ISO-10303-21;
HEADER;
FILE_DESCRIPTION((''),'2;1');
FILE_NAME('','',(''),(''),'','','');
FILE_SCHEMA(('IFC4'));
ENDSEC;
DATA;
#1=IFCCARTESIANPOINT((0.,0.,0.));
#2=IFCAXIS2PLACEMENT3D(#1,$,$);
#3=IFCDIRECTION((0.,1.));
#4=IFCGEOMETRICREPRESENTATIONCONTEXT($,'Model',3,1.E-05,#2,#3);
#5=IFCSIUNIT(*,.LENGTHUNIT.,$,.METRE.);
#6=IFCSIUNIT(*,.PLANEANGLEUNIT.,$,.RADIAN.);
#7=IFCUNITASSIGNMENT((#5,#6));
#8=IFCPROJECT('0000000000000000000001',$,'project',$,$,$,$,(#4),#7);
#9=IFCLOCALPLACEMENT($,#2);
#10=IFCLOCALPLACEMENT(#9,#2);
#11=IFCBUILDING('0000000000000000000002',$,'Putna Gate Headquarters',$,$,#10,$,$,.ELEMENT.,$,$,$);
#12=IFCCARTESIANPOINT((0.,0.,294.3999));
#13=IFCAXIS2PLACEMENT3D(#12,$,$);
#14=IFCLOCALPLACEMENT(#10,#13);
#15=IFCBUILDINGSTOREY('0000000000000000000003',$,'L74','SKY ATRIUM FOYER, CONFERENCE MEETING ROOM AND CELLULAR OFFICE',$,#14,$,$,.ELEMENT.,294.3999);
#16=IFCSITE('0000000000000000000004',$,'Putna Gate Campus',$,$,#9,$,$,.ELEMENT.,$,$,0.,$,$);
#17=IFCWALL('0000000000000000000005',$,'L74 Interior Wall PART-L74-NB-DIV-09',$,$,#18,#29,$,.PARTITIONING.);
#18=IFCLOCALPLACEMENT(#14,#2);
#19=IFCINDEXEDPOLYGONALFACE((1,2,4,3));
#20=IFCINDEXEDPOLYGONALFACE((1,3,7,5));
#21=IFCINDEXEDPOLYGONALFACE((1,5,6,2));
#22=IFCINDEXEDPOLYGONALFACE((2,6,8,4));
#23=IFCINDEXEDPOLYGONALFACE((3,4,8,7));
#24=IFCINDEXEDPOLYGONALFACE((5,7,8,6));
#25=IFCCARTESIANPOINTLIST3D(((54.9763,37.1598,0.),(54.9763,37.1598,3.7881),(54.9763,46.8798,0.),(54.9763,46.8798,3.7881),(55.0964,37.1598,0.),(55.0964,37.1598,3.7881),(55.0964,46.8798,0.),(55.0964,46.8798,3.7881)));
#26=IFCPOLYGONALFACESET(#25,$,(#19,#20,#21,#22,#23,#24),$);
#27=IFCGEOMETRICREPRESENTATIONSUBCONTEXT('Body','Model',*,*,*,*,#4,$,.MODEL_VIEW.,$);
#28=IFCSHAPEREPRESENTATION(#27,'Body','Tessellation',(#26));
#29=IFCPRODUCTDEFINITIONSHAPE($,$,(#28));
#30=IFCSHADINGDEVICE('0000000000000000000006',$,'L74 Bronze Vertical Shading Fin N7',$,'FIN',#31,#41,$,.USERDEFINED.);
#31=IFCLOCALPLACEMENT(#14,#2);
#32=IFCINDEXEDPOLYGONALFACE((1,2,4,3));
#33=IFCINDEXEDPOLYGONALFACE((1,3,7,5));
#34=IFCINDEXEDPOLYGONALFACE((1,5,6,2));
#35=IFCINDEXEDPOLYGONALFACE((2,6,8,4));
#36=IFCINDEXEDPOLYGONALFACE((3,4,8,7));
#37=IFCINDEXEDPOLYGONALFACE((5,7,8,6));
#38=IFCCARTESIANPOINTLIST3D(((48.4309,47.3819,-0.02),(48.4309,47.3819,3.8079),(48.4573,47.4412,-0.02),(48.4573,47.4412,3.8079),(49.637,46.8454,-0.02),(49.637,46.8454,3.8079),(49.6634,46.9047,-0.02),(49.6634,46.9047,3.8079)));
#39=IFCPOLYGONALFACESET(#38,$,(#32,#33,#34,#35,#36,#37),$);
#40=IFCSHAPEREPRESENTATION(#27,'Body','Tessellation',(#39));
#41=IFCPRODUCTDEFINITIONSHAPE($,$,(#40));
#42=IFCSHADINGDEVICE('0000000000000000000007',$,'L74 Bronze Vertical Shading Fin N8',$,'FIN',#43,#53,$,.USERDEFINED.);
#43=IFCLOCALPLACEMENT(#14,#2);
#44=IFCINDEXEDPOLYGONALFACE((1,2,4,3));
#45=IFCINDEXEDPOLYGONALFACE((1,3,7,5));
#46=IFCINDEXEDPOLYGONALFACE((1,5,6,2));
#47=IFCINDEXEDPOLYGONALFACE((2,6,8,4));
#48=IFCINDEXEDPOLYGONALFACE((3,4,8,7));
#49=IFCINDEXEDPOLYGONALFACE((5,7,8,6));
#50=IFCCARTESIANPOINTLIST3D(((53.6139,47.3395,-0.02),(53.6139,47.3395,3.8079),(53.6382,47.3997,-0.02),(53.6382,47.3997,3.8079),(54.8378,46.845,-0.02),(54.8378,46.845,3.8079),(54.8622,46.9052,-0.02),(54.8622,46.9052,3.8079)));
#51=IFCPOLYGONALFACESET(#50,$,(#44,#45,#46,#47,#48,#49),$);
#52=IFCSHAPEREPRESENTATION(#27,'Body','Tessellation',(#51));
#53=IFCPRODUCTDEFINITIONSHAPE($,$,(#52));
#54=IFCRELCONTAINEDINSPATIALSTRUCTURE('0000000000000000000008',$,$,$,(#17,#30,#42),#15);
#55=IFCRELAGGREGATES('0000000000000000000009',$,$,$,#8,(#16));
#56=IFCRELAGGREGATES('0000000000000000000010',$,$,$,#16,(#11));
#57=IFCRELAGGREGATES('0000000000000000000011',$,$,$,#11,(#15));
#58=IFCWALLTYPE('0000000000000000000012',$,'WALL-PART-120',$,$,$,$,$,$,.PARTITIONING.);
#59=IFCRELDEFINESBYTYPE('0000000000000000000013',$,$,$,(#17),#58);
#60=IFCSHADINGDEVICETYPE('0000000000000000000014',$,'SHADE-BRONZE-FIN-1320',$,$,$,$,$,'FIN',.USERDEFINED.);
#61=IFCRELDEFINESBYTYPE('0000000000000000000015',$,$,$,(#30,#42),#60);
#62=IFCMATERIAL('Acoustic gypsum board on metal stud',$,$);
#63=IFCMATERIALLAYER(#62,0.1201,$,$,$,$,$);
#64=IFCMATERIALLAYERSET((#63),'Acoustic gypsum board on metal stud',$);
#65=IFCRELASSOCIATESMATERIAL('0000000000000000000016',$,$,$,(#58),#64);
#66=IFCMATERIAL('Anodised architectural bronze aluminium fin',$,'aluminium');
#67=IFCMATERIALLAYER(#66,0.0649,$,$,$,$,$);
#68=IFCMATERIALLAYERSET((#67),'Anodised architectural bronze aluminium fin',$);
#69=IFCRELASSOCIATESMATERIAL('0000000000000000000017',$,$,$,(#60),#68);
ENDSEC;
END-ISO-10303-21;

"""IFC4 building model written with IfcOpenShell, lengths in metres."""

from ifc_helpers import new_model, si_unit, direction, frame, frame_2d, origin, origin_2d, place, context, subcontext, project, spatial, rectangle, extrude, material, layer, layer_set, type_object, element, save


model = new_model("IFC4")

# Units and contexts
model_context = context("Model", 3, precision=1e-05, world=origin(), true_north=direction((0.0, 1.0)))
body_context = subcontext(model_context, "Body", "Model", "MODEL_VIEW")
ifc_project = project(units=[si_unit("LENGTHUNIT", "METRE"), si_unit("PLANEANGLEUNIT", "RADIAN")], contexts=[model_context])

# Site, building, storey
site_placement = place(None, origin())
site = spatial("IfcSite", under=ifc_project, at=site_placement, Name="Putna Gate Campus", CompositionType="ELEMENT", RefElevation=0.0)
building_placement = place(site_placement, origin())
building = spatial("IfcBuilding", under=site, at=building_placement, Name="Putna Gate Headquarters", CompositionType="ELEMENT")
storey_placement = place(building_placement, frame((0.0, 0.0, 294.3999)))
storey = spatial("IfcBuildingStorey", under=building, at=storey_placement, Name="L74", Description="SKY ATRIUM FOYER, CONFERENCE MEETING ROOM AND CELLULAR OFFICE", CompositionType="ELEMENT", Elevation=294.3999)

# Wall
ifc_material_1 = material(Name="Acoustic gypsum board on metal stud")
ifc_layer_1 = layer(ifc_material_1, 0.1201)
ifc_layer_set_1 = layer_set([ifc_layer_1], Name="Acoustic gypsum board on metal stud")
wall_type = type_object("IfcWallType", Name="WALL-PART-120", PredefinedType="PARTITIONING", material=ifc_layer_set_1)
wall_placement = place(storey_placement, frame((55.0364, 37.1599, 0.0), z_axis=(0.0, 0.0, 1.0), x_axis=(0.0, 1.0, 0.0)))
element("IfcWall", 1, at=wall_placement, inside=storey, type_object=wall_type, Name="L74 Interior Wall PART-L74-NB-DIV-09", PredefinedType="PARTITIONING", context=body_context, shape_type="SweptSolid", body=[
    extrude(rectangle(XDim=9.72, YDim=0.1201, at=frame_2d((4.8599, 0.0))), origin(), (0.0, 0.0, 1.0), 3.7881),
])

# Shading devices
ifc_material_2 = material(Name="Anodised architectural bronze aluminium fin", Category="aluminium")
ifc_layer_2 = layer(ifc_material_2, 0.0649)
ifc_layer_set_2 = layer_set([ifc_layer_2], Name="Anodised architectural bronze aluminium fin")
shading_device_type = type_object("IfcShadingDeviceType", Name="SHADE-BRONZE-FIN-1320", ElementType="FIN", PredefinedType="USERDEFINED", material=ifc_layer_set_2)
for number, where, z_axis, x_axis, name in (
    (2, (49.0471, 47.1433, -0.02), (0.0, 0.0, 1.0), (-0.913687, 0.406418, 0.0), "L74 Bronze Vertical Shading Fin N7"),
    (3, (54.238, 47.1223, -0.02), (0.0, 0.0, 1.0), (-0.927184, 0.374607, 0.0), "L74 Bronze Vertical Shading Fin N8"),
):
    element("IfcShadingDevice", number, at=place(storey_placement, frame(where, z_axis=z_axis, x_axis=x_axis)), inside=storey, type_object=shading_device_type, Name=name, ObjectType="FIN", PredefinedType="USERDEFINED", context=body_context, shape_type="SweptSolid", body=[
        extrude(rectangle(XDim=1.3201, YDim=0.0649, at=origin_2d()), origin(), (0.0, 0.0, 1.0), 3.8279),
    ])

save(model, "model.ifc")
